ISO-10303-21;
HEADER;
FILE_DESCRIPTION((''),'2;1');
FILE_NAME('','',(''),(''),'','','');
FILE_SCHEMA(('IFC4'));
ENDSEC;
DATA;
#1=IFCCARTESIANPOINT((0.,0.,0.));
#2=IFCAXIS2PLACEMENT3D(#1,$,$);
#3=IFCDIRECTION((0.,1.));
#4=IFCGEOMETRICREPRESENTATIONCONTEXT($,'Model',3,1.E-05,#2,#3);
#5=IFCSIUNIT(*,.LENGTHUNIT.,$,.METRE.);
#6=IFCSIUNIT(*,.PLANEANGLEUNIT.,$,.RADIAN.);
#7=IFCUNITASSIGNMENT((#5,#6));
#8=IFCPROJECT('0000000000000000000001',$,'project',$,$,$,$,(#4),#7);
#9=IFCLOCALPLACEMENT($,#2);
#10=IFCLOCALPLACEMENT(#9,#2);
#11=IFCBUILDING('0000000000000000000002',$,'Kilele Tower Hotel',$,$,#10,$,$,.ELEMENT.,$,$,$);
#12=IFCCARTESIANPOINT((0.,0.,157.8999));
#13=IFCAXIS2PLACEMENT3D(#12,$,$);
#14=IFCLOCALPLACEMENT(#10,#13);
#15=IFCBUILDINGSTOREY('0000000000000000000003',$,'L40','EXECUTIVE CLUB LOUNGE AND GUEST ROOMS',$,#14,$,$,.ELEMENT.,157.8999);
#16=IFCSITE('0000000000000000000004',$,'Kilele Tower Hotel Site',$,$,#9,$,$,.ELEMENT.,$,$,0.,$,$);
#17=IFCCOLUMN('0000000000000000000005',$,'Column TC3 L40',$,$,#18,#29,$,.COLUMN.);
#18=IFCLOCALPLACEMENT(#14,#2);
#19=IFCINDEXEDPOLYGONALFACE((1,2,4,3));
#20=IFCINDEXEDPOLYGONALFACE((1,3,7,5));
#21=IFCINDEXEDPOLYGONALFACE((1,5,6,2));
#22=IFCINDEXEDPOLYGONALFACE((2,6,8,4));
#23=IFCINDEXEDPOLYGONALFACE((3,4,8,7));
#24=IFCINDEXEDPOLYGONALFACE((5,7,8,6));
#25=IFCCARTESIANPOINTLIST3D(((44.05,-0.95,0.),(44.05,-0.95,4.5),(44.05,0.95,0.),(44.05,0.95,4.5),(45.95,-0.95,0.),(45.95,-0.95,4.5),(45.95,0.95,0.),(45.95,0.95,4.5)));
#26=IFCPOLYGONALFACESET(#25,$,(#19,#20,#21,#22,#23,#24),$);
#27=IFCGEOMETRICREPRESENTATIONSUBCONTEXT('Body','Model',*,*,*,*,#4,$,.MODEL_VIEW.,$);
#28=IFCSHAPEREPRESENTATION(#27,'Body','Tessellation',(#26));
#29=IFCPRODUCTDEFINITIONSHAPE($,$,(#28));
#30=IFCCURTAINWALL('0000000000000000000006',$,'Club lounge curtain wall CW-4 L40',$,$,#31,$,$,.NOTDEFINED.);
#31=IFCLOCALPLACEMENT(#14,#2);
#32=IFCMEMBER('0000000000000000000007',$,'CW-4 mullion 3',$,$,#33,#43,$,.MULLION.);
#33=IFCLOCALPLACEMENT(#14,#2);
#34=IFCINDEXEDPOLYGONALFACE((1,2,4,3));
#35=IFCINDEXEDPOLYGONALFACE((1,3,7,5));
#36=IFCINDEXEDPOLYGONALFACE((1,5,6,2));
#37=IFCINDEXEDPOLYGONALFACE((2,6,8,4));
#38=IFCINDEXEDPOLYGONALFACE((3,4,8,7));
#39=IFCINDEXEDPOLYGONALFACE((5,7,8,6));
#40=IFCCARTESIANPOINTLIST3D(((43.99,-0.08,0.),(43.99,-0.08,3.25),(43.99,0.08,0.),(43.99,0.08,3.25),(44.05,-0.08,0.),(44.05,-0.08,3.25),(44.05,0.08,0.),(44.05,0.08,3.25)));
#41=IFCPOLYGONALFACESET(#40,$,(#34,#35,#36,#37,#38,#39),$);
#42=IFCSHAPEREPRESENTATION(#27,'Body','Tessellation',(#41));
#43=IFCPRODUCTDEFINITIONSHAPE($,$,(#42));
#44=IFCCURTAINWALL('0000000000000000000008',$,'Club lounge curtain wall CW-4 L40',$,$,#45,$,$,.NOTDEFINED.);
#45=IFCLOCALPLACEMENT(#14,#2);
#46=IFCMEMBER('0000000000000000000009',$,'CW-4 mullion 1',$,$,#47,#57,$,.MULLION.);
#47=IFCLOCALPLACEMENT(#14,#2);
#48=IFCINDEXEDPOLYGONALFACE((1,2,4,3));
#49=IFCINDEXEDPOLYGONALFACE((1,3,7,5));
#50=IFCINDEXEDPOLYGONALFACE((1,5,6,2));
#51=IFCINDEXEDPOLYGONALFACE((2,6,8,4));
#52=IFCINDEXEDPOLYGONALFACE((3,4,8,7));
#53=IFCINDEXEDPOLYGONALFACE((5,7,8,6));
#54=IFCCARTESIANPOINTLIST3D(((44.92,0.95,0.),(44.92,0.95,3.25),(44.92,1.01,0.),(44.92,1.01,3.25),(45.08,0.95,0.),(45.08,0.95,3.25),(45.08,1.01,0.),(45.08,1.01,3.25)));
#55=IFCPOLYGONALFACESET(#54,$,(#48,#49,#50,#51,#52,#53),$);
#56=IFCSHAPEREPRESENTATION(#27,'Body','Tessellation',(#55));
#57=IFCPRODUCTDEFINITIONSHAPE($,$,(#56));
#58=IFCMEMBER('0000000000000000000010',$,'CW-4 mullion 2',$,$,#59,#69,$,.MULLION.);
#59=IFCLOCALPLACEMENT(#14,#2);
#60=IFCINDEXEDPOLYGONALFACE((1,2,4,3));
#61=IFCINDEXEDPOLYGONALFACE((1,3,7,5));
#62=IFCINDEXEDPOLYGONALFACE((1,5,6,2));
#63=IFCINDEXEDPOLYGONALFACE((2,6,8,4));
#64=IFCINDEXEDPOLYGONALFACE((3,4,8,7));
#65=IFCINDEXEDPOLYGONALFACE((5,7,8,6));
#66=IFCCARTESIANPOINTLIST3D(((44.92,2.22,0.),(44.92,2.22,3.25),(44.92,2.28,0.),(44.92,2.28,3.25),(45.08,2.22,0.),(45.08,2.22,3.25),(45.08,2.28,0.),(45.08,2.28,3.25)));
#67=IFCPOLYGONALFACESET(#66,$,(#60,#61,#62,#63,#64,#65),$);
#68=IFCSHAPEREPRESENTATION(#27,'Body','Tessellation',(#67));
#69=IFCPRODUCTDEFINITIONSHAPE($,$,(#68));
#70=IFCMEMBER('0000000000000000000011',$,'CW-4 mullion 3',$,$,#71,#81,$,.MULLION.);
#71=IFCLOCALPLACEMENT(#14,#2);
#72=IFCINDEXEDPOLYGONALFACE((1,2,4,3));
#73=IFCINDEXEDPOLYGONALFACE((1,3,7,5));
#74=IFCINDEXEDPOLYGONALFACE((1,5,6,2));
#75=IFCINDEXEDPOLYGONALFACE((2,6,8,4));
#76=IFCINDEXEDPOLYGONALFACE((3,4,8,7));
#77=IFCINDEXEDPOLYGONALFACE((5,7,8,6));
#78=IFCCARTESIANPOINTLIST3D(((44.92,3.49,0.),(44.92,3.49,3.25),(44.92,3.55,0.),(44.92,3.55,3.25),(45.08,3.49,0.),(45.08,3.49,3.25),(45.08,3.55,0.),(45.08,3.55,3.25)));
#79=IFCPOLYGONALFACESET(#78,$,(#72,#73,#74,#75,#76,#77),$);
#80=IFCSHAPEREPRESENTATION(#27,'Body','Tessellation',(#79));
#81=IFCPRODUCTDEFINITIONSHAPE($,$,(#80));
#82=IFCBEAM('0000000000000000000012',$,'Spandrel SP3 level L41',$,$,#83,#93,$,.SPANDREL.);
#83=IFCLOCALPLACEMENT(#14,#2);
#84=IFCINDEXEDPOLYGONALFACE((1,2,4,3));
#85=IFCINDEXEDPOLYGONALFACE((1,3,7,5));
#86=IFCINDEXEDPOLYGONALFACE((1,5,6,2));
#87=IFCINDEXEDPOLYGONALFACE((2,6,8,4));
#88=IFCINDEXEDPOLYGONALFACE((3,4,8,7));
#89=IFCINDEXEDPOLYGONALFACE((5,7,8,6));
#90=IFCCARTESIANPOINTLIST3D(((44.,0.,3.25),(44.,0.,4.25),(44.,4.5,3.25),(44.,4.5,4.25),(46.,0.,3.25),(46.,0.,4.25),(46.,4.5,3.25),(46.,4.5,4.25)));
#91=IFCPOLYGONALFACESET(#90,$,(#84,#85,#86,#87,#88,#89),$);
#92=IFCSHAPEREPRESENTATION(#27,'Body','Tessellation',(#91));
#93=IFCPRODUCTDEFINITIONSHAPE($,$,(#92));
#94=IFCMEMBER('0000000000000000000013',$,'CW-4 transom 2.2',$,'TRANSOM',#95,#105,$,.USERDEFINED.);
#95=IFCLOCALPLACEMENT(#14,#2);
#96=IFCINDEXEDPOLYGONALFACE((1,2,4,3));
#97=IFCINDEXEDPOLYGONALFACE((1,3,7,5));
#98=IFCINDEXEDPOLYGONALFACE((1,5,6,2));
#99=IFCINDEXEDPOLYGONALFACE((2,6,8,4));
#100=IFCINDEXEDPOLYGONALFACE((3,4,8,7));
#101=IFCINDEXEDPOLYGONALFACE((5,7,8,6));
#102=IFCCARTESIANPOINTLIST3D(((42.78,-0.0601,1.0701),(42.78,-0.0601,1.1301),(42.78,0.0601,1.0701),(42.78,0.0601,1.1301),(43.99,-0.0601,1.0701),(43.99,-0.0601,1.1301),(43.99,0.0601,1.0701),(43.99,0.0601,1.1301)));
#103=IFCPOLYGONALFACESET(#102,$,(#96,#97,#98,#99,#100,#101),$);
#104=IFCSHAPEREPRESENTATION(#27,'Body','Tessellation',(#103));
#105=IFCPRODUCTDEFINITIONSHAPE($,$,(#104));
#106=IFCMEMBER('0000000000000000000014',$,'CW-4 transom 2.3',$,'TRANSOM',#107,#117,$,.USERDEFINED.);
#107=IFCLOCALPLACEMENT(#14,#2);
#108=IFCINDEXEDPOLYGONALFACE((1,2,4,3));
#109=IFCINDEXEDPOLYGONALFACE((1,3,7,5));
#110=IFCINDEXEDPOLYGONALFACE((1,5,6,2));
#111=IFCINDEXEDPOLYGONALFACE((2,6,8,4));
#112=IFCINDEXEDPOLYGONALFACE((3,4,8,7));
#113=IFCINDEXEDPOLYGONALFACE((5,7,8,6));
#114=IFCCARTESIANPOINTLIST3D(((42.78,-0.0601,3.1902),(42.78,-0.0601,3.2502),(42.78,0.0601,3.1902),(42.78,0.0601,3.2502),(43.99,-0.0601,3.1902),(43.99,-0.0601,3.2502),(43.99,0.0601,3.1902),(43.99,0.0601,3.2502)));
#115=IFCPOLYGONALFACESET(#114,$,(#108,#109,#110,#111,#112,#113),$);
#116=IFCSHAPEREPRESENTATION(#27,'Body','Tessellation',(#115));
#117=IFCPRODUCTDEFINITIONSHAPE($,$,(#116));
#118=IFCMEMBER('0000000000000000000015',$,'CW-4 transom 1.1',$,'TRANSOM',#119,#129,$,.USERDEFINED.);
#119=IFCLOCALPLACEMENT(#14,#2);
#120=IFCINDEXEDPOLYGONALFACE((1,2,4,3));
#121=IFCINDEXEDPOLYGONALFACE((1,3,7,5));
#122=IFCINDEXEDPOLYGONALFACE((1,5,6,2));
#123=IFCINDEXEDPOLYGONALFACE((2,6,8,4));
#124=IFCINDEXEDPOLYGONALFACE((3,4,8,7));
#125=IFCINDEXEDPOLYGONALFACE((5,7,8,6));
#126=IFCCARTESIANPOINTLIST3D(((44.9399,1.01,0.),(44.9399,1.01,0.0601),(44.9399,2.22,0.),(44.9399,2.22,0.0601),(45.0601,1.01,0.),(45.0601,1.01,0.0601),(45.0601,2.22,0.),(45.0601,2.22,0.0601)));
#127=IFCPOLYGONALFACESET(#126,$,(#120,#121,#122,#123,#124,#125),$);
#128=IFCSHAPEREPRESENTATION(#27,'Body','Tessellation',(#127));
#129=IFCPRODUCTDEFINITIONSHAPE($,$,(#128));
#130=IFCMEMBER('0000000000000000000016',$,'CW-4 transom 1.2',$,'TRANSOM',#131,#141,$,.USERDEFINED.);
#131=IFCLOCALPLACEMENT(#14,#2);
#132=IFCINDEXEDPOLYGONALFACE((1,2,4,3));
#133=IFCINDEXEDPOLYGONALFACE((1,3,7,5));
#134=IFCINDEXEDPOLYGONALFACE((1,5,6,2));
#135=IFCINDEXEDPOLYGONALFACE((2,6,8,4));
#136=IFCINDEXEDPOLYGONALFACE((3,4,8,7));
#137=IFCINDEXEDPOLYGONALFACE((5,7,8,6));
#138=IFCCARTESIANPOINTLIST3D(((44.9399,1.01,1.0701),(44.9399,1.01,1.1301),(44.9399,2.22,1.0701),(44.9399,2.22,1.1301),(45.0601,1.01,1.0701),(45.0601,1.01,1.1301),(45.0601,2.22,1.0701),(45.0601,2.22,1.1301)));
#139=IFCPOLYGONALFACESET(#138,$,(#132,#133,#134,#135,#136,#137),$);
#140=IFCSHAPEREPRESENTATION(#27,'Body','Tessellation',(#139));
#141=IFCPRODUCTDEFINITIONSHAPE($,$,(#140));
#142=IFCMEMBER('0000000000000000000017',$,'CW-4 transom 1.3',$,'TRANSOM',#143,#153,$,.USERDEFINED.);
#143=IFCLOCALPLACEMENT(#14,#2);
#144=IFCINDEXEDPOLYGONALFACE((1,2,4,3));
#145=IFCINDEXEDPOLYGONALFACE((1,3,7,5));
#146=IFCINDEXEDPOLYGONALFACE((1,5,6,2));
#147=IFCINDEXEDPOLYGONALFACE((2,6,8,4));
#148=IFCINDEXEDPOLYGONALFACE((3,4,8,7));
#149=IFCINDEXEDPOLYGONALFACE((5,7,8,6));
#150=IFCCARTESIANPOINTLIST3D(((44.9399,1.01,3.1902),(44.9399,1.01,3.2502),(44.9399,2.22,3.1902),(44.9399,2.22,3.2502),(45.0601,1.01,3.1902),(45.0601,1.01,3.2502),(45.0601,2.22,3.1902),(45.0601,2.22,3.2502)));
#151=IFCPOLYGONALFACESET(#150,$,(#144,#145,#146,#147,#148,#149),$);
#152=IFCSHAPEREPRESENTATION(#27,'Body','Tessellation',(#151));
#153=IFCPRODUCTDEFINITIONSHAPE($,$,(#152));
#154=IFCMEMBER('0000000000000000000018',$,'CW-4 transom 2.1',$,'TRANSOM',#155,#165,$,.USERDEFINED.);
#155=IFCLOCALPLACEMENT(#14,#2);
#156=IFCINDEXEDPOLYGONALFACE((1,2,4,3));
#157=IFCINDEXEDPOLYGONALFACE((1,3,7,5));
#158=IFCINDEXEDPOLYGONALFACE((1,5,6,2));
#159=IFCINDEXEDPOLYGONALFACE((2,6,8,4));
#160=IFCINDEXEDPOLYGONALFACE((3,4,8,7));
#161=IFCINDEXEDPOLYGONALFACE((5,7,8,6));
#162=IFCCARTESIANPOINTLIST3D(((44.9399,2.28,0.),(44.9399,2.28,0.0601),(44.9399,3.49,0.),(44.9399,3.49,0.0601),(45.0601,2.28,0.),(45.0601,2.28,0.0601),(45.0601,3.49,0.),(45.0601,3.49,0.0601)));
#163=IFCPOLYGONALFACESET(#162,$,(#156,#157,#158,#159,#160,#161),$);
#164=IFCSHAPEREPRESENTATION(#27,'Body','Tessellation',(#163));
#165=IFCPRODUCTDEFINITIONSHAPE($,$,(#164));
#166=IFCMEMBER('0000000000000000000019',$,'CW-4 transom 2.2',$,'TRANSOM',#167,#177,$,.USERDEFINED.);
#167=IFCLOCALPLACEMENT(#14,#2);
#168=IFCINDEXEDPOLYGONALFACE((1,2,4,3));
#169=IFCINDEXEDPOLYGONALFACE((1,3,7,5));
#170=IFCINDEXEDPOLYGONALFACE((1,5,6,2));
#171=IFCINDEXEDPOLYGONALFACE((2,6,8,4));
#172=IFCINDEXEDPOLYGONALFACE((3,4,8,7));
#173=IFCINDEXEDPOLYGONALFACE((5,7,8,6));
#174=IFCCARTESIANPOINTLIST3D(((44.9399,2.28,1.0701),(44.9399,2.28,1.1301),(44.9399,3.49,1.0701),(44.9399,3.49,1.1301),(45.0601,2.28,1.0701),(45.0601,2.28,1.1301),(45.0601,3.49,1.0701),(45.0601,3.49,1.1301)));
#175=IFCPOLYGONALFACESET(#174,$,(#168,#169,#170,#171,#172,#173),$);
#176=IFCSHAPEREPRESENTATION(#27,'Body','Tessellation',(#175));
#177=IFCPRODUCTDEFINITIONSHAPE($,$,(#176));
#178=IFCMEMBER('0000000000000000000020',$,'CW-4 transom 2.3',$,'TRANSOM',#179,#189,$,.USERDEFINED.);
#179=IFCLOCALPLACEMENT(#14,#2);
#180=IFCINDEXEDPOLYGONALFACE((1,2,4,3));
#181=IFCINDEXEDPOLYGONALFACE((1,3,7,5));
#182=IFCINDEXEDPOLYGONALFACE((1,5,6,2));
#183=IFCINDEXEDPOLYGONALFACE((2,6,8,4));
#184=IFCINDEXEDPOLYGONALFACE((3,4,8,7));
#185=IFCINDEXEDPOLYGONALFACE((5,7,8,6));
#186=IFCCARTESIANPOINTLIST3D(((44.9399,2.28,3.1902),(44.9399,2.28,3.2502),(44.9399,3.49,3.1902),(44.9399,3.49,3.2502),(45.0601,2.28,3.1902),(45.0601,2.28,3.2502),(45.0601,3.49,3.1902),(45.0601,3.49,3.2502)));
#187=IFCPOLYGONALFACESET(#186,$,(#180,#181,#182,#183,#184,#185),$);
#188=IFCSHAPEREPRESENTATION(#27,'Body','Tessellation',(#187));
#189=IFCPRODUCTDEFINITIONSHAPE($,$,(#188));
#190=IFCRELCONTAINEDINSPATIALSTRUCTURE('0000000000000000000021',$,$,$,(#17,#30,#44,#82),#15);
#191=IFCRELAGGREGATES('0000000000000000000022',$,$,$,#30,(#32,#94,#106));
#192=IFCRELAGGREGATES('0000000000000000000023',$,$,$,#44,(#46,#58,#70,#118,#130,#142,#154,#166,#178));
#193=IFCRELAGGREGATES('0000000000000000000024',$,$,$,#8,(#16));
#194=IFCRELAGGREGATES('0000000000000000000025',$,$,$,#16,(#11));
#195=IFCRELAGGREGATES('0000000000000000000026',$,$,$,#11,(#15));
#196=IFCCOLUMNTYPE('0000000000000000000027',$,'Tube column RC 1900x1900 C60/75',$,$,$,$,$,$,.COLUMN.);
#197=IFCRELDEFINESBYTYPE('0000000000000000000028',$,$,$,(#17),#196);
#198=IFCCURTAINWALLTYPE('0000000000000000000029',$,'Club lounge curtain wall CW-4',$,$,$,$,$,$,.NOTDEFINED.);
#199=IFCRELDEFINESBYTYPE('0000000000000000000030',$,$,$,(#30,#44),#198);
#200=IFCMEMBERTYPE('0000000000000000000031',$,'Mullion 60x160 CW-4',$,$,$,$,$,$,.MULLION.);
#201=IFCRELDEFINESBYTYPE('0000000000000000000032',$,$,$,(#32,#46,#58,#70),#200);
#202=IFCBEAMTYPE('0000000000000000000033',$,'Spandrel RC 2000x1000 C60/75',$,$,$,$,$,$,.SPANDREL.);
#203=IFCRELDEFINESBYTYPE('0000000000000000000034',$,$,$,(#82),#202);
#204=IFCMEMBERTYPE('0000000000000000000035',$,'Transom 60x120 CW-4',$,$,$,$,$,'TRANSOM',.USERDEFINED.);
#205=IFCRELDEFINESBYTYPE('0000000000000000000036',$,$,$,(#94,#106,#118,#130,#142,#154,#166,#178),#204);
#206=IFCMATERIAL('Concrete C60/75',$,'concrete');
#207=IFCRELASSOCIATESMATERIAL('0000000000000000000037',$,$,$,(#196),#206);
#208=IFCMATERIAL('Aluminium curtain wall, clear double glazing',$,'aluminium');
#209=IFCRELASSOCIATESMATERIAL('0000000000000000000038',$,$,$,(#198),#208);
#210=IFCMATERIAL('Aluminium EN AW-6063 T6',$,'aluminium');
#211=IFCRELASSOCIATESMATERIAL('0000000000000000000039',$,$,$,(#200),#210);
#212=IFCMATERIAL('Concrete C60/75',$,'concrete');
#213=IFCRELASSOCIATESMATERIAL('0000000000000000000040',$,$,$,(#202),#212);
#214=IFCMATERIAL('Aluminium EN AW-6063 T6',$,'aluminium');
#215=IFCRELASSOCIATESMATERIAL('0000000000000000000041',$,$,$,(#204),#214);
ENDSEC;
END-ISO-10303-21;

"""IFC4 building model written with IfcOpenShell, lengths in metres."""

from ifc_helpers import new_model, si_unit, direction, frame, origin, origin_2d, place, context, subcontext, project, spatial, rectangle, extrude, material, material_profile, profile_set, type_object, element, aggregate, save


model = new_model("IFC4")

# Units and contexts
model_context = context("Model", 3, precision=1e-05, world=origin(), true_north=direction((0.0, 1.0)))
body_context = subcontext(model_context, "Body", "Model", "MODEL_VIEW")
ifc_project = project(units=[si_unit("LENGTHUNIT", "METRE"), si_unit("PLANEANGLEUNIT", "RADIAN")], contexts=[model_context])

# Site, building, storey
site_placement = place(None, origin())
site = spatial("IfcSite", under=ifc_project, at=site_placement, Name="Kilele Tower Hotel Site", CompositionType="ELEMENT", RefElevation=0.0)
building_placement = place(site_placement, origin())
building = spatial("IfcBuilding", under=site, at=building_placement, Name="Kilele Tower Hotel", CompositionType="ELEMENT")
storey_placement = place(building_placement, frame((0.0, 0.0, 157.8999)))
storey = spatial("IfcBuildingStorey", under=building, at=storey_placement, Name="L40", Description="EXECUTIVE CLUB LOUNGE AND GUEST ROOMS", CompositionType="ELEMENT", Elevation=157.8999)

# Column
ifc_material_1 = material(Name="Concrete C60/75", Category="concrete")
ifc_material_profile_1 = material_profile(ifc_material_1, rectangle(XDim=1.8999, YDim=1.8999, at=origin_2d()))
ifc_profile_set_1 = profile_set([ifc_material_profile_1], Name="Concrete C60/75")
column_type = type_object("IfcColumnType", Name="Tube column RC 1900x1900 C60/75", PredefinedType="COLUMN", material=ifc_profile_set_1)
column_placement = place(storey_placement, frame((45.0, 0.0, 0.0), z_axis=(0.0, 0.0, 1.0), x_axis=(1.0, 0.0, 0.0)))
element("IfcColumn", 1, at=column_placement, inside=storey, type_object=column_type, Name="Column TC3 L40", PredefinedType="COLUMN", context=body_context, shape_type="SweptSolid", body=[
    extrude(rectangle(XDim=1.8999, YDim=1.8999, at=origin_2d()), origin(), (0.0, 0.0, 1.0), 4.5),
])

# Curtain wall, member
ifc_material_2 = material(Name="Aluminium curtain wall, clear double glazing", Category="aluminium")
curtain_wall_type = type_object("IfcCurtainWallType", Name="Club lounge curtain wall CW-4", PredefinedType="NOTDEFINED", material=ifc_material_2)
curtain_wall_1_placement = place(storey_placement, origin())
curtain_wall_1 = element("IfcCurtainWall", 2, at=curtain_wall_1_placement, inside=storey, type_object=curtain_wall_type, Name="Club lounge curtain wall CW-4 L40", PredefinedType="NOTDEFINED")
ifc_material_3 = material(Name="Aluminium EN AW-6063 T6", Category="aluminium")
ifc_material_profile_2 = material_profile(ifc_material_3, rectangle(XDim=0.1599, YDim=0.0601, at=origin_2d()))
ifc_profile_set_2 = profile_set([ifc_material_profile_2], Name="Aluminium EN AW-6063 T6")
member_type_1 = type_object("IfcMemberType", Name="Mullion 60x160 CW-4", PredefinedType="MULLION", material=ifc_profile_set_2)
member_1_placement = place(storey_placement, frame((44.02, 0.0, 0.0), z_axis=(0.0, 0.0, 1.0), x_axis=(0.0, 1.0, 0.0)))
member_1 = element("IfcMember", 3, at=member_1_placement, type_object=member_type_1, Name="CW-4 mullion 3", PredefinedType="MULLION", context=body_context, shape_type="SweptSolid", body=[
    extrude(rectangle(XDim=0.1599, YDim=0.0601, at=origin_2d()), origin(), (0.0, 0.0, 1.0), 3.25),
])

# Curtain wall, members
curtain_wall_2_placement = place(storey_placement, origin())
curtain_wall_2 = element("IfcCurtainWall", 4, at=curtain_wall_2_placement, inside=storey, type_object=curtain_wall_type, Name="Club lounge curtain wall CW-4 L40", PredefinedType="NOTDEFINED")
member_2_placement = place(storey_placement, frame((45.0, 0.98, 0.0), z_axis=(0.0, 0.0, 1.0), x_axis=(-1.0, 0.0, 0.0)))
member_2 = element("IfcMember", 5, at=member_2_placement, type_object=member_type_1, Name="CW-4 mullion 1", PredefinedType="MULLION", context=body_context, shape_type="SweptSolid", body=[
    extrude(rectangle(XDim=0.1599, YDim=0.0601, at=origin_2d()), origin(), (0.0, 0.0, 1.0), 3.25),
])
member_3_placement = place(storey_placement, frame((45.0, 2.25, 0.0), z_axis=(0.0, 0.0, 1.0), x_axis=(-1.0, 0.0, 0.0)))
member_3 = element("IfcMember", 6, at=member_3_placement, type_object=member_type_1, Name="CW-4 mullion 2", PredefinedType="MULLION", context=body_context, shape_type="SweptSolid", body=[
    extrude(rectangle(XDim=0.1599, YDim=0.0601, at=origin_2d()), origin(), (0.0, 0.0, 1.0), 3.25),
])
member_4_placement = place(storey_placement, frame((45.0, 3.52, 0.0), z_axis=(0.0, 0.0, 1.0), x_axis=(-1.0, 0.0, 0.0)))
member_4 = element("IfcMember", 7, at=member_4_placement, type_object=member_type_1, Name="CW-4 mullion 3", PredefinedType="MULLION", context=body_context, shape_type="SweptSolid", body=[
    extrude(rectangle(XDim=0.1599, YDim=0.0601, at=origin_2d()), origin(), (0.0, 0.0, 1.0), 3.25),
])

# Beam
ifc_material_4 = material(Name="Concrete C60/75", Category="concrete")
ifc_material_profile_3 = material_profile(ifc_material_4, rectangle(XDim=2.0, YDim=1.0, at=origin_2d()))
ifc_profile_set_3 = profile_set([ifc_material_profile_3], Name="Concrete C60/75")
beam_type = type_object("IfcBeamType", Name="Spandrel RC 2000x1000 C60/75", PredefinedType="SPANDREL", material=ifc_profile_set_3)
beam_placement = place(storey_placement, frame((45.0, 0.0, 3.75), z_axis=(0.0, 1.0, 0.0), x_axis=(-1.0, 0.0, 0.0)))
element("IfcBeam", 8, at=beam_placement, inside=storey, type_object=beam_type, Name="Spandrel SP3 level L41", PredefinedType="SPANDREL", context=body_context, shape_type="SweptSolid", body=[
    extrude(rectangle(XDim=2.0, YDim=1.0, at=origin_2d()), origin(), (0.0, 0.0, 1.0), 4.5),
])

# Members
ifc_material_5 = material(Name="Aluminium EN AW-6063 T6", Category="aluminium")
ifc_material_profile_4 = material_profile(ifc_material_5, rectangle(XDim=0.1201, YDim=0.0601, at=origin_2d()))
ifc_profile_set_4 = profile_set([ifc_material_profile_4], Name="Aluminium EN AW-6063 T6")
member_type_2 = type_object("IfcMemberType", Name="Transom 60x120 CW-4", ElementType="TRANSOM", PredefinedType="USERDEFINED", material=ifc_profile_set_4)
member_5_placement = place(storey_placement, frame((42.78, 0.0, 1.1001), z_axis=(1.0, 0.0, 0.0), x_axis=(0.0, 1.0, 0.0)))
member_5 = element("IfcMember", 9, at=member_5_placement, type_object=member_type_2, Name="CW-4 transom 2.2", ObjectType="TRANSOM", PredefinedType="USERDEFINED", context=body_context, shape_type="SweptSolid", body=[
    extrude(rectangle(XDim=0.1201, YDim=0.0601, at=origin_2d()), origin(), (0.0, 0.0, 1.0), 1.21),
])
member_6_placement = place(storey_placement, frame((42.78, 0.0, 3.2202), z_axis=(1.0, 0.0, 0.0), x_axis=(0.0, 1.0, 0.0)))
member_6 = element("IfcMember", 10, at=member_6_placement, type_object=member_type_2, Name="CW-4 transom 2.3", ObjectType="TRANSOM", PredefinedType="USERDEFINED", context=body_context, shape_type="SweptSolid", body=[
    extrude(rectangle(XDim=0.1201, YDim=0.0601, at=origin_2d()), origin(), (0.0, 0.0, 1.0), 1.21),
])
member_7_placement = place(storey_placement, frame((45.0, 1.01, 0.03), z_axis=(0.0, 1.0, 0.0), x_axis=(-1.0, 0.0, 0.0)))
member_7 = element("IfcMember", 11, at=member_7_placement, type_object=member_type_2, Name="CW-4 transom 1.1", ObjectType="TRANSOM", PredefinedType="USERDEFINED", context=body_context, shape_type="SweptSolid", body=[
    extrude(rectangle(XDim=0.1201, YDim=0.0601, at=origin_2d()), origin(), (0.0, 0.0, 1.0), 1.21),
])
member_8_placement = place(storey_placement, frame((45.0, 1.01, 1.1001), z_axis=(0.0, 1.0, 0.0), x_axis=(-1.0, 0.0, 0.0)))
member_8 = element("IfcMember", 12, at=member_8_placement, type_object=member_type_2, Name="CW-4 transom 1.2", ObjectType="TRANSOM", PredefinedType="USERDEFINED", context=body_context, shape_type="SweptSolid", body=[
    extrude(rectangle(XDim=0.1201, YDim=0.0601, at=origin_2d()), origin(), (0.0, 0.0, 1.0), 1.21),
])
member_9_placement = place(storey_placement, frame((45.0, 1.01, 3.2202), z_axis=(0.0, 1.0, 0.0), x_axis=(-1.0, 0.0, 0.0)))
member_9 = element("IfcMember", 13, at=member_9_placement, type_object=member_type_2, Name="CW-4 transom 1.3", ObjectType="TRANSOM", PredefinedType="USERDEFINED", context=body_context, shape_type="SweptSolid", body=[
    extrude(rectangle(XDim=0.1201, YDim=0.0601, at=origin_2d()), origin(), (0.0, 0.0, 1.0), 1.21),
])
member_10_placement = place(storey_placement, frame((45.0, 2.28, 0.03), z_axis=(0.0, 1.0, 0.0), x_axis=(-1.0, 0.0, 0.0)))
member_10 = element("IfcMember", 14, at=member_10_placement, type_object=member_type_2, Name="CW-4 transom 2.1", ObjectType="TRANSOM", PredefinedType="USERDEFINED", context=body_context, shape_type="SweptSolid", body=[
    extrude(rectangle(XDim=0.1201, YDim=0.0601, at=origin_2d()), origin(), (0.0, 0.0, 1.0), 1.21),
])
member_11_placement = place(storey_placement, frame((45.0, 2.28, 1.1001), z_axis=(0.0, 1.0, 0.0), x_axis=(-1.0, 0.0, 0.0)))
member_11 = element("IfcMember", 15, at=member_11_placement, type_object=member_type_2, Name="CW-4 transom 2.2", ObjectType="TRANSOM", PredefinedType="USERDEFINED", context=body_context, shape_type="SweptSolid", body=[
    extrude(rectangle(XDim=0.1201, YDim=0.0601, at=origin_2d()), origin(), (0.0, 0.0, 1.0), 1.21),
])
member_12_placement = place(storey_placement, frame((45.0, 2.28, 3.2202), z_axis=(0.0, 1.0, 0.0), x_axis=(-1.0, 0.0, 0.0)))
member_12 = element("IfcMember", 16, at=member_12_placement, type_object=member_type_2, Name="CW-4 transom 2.3", ObjectType="TRANSOM", PredefinedType="USERDEFINED", context=body_context, shape_type="SweptSolid", body=[
    extrude(rectangle(XDim=0.1201, YDim=0.0601, at=origin_2d()), origin(), (0.0, 0.0, 1.0), 1.21),
])

aggregate(curtain_wall_1, [member_1, member_5, member_6])
aggregate(curtain_wall_2, [member_2, member_3, member_4, member_7, member_8, member_9, member_10, member_11, member_12])

save(model, "model.ifc")
